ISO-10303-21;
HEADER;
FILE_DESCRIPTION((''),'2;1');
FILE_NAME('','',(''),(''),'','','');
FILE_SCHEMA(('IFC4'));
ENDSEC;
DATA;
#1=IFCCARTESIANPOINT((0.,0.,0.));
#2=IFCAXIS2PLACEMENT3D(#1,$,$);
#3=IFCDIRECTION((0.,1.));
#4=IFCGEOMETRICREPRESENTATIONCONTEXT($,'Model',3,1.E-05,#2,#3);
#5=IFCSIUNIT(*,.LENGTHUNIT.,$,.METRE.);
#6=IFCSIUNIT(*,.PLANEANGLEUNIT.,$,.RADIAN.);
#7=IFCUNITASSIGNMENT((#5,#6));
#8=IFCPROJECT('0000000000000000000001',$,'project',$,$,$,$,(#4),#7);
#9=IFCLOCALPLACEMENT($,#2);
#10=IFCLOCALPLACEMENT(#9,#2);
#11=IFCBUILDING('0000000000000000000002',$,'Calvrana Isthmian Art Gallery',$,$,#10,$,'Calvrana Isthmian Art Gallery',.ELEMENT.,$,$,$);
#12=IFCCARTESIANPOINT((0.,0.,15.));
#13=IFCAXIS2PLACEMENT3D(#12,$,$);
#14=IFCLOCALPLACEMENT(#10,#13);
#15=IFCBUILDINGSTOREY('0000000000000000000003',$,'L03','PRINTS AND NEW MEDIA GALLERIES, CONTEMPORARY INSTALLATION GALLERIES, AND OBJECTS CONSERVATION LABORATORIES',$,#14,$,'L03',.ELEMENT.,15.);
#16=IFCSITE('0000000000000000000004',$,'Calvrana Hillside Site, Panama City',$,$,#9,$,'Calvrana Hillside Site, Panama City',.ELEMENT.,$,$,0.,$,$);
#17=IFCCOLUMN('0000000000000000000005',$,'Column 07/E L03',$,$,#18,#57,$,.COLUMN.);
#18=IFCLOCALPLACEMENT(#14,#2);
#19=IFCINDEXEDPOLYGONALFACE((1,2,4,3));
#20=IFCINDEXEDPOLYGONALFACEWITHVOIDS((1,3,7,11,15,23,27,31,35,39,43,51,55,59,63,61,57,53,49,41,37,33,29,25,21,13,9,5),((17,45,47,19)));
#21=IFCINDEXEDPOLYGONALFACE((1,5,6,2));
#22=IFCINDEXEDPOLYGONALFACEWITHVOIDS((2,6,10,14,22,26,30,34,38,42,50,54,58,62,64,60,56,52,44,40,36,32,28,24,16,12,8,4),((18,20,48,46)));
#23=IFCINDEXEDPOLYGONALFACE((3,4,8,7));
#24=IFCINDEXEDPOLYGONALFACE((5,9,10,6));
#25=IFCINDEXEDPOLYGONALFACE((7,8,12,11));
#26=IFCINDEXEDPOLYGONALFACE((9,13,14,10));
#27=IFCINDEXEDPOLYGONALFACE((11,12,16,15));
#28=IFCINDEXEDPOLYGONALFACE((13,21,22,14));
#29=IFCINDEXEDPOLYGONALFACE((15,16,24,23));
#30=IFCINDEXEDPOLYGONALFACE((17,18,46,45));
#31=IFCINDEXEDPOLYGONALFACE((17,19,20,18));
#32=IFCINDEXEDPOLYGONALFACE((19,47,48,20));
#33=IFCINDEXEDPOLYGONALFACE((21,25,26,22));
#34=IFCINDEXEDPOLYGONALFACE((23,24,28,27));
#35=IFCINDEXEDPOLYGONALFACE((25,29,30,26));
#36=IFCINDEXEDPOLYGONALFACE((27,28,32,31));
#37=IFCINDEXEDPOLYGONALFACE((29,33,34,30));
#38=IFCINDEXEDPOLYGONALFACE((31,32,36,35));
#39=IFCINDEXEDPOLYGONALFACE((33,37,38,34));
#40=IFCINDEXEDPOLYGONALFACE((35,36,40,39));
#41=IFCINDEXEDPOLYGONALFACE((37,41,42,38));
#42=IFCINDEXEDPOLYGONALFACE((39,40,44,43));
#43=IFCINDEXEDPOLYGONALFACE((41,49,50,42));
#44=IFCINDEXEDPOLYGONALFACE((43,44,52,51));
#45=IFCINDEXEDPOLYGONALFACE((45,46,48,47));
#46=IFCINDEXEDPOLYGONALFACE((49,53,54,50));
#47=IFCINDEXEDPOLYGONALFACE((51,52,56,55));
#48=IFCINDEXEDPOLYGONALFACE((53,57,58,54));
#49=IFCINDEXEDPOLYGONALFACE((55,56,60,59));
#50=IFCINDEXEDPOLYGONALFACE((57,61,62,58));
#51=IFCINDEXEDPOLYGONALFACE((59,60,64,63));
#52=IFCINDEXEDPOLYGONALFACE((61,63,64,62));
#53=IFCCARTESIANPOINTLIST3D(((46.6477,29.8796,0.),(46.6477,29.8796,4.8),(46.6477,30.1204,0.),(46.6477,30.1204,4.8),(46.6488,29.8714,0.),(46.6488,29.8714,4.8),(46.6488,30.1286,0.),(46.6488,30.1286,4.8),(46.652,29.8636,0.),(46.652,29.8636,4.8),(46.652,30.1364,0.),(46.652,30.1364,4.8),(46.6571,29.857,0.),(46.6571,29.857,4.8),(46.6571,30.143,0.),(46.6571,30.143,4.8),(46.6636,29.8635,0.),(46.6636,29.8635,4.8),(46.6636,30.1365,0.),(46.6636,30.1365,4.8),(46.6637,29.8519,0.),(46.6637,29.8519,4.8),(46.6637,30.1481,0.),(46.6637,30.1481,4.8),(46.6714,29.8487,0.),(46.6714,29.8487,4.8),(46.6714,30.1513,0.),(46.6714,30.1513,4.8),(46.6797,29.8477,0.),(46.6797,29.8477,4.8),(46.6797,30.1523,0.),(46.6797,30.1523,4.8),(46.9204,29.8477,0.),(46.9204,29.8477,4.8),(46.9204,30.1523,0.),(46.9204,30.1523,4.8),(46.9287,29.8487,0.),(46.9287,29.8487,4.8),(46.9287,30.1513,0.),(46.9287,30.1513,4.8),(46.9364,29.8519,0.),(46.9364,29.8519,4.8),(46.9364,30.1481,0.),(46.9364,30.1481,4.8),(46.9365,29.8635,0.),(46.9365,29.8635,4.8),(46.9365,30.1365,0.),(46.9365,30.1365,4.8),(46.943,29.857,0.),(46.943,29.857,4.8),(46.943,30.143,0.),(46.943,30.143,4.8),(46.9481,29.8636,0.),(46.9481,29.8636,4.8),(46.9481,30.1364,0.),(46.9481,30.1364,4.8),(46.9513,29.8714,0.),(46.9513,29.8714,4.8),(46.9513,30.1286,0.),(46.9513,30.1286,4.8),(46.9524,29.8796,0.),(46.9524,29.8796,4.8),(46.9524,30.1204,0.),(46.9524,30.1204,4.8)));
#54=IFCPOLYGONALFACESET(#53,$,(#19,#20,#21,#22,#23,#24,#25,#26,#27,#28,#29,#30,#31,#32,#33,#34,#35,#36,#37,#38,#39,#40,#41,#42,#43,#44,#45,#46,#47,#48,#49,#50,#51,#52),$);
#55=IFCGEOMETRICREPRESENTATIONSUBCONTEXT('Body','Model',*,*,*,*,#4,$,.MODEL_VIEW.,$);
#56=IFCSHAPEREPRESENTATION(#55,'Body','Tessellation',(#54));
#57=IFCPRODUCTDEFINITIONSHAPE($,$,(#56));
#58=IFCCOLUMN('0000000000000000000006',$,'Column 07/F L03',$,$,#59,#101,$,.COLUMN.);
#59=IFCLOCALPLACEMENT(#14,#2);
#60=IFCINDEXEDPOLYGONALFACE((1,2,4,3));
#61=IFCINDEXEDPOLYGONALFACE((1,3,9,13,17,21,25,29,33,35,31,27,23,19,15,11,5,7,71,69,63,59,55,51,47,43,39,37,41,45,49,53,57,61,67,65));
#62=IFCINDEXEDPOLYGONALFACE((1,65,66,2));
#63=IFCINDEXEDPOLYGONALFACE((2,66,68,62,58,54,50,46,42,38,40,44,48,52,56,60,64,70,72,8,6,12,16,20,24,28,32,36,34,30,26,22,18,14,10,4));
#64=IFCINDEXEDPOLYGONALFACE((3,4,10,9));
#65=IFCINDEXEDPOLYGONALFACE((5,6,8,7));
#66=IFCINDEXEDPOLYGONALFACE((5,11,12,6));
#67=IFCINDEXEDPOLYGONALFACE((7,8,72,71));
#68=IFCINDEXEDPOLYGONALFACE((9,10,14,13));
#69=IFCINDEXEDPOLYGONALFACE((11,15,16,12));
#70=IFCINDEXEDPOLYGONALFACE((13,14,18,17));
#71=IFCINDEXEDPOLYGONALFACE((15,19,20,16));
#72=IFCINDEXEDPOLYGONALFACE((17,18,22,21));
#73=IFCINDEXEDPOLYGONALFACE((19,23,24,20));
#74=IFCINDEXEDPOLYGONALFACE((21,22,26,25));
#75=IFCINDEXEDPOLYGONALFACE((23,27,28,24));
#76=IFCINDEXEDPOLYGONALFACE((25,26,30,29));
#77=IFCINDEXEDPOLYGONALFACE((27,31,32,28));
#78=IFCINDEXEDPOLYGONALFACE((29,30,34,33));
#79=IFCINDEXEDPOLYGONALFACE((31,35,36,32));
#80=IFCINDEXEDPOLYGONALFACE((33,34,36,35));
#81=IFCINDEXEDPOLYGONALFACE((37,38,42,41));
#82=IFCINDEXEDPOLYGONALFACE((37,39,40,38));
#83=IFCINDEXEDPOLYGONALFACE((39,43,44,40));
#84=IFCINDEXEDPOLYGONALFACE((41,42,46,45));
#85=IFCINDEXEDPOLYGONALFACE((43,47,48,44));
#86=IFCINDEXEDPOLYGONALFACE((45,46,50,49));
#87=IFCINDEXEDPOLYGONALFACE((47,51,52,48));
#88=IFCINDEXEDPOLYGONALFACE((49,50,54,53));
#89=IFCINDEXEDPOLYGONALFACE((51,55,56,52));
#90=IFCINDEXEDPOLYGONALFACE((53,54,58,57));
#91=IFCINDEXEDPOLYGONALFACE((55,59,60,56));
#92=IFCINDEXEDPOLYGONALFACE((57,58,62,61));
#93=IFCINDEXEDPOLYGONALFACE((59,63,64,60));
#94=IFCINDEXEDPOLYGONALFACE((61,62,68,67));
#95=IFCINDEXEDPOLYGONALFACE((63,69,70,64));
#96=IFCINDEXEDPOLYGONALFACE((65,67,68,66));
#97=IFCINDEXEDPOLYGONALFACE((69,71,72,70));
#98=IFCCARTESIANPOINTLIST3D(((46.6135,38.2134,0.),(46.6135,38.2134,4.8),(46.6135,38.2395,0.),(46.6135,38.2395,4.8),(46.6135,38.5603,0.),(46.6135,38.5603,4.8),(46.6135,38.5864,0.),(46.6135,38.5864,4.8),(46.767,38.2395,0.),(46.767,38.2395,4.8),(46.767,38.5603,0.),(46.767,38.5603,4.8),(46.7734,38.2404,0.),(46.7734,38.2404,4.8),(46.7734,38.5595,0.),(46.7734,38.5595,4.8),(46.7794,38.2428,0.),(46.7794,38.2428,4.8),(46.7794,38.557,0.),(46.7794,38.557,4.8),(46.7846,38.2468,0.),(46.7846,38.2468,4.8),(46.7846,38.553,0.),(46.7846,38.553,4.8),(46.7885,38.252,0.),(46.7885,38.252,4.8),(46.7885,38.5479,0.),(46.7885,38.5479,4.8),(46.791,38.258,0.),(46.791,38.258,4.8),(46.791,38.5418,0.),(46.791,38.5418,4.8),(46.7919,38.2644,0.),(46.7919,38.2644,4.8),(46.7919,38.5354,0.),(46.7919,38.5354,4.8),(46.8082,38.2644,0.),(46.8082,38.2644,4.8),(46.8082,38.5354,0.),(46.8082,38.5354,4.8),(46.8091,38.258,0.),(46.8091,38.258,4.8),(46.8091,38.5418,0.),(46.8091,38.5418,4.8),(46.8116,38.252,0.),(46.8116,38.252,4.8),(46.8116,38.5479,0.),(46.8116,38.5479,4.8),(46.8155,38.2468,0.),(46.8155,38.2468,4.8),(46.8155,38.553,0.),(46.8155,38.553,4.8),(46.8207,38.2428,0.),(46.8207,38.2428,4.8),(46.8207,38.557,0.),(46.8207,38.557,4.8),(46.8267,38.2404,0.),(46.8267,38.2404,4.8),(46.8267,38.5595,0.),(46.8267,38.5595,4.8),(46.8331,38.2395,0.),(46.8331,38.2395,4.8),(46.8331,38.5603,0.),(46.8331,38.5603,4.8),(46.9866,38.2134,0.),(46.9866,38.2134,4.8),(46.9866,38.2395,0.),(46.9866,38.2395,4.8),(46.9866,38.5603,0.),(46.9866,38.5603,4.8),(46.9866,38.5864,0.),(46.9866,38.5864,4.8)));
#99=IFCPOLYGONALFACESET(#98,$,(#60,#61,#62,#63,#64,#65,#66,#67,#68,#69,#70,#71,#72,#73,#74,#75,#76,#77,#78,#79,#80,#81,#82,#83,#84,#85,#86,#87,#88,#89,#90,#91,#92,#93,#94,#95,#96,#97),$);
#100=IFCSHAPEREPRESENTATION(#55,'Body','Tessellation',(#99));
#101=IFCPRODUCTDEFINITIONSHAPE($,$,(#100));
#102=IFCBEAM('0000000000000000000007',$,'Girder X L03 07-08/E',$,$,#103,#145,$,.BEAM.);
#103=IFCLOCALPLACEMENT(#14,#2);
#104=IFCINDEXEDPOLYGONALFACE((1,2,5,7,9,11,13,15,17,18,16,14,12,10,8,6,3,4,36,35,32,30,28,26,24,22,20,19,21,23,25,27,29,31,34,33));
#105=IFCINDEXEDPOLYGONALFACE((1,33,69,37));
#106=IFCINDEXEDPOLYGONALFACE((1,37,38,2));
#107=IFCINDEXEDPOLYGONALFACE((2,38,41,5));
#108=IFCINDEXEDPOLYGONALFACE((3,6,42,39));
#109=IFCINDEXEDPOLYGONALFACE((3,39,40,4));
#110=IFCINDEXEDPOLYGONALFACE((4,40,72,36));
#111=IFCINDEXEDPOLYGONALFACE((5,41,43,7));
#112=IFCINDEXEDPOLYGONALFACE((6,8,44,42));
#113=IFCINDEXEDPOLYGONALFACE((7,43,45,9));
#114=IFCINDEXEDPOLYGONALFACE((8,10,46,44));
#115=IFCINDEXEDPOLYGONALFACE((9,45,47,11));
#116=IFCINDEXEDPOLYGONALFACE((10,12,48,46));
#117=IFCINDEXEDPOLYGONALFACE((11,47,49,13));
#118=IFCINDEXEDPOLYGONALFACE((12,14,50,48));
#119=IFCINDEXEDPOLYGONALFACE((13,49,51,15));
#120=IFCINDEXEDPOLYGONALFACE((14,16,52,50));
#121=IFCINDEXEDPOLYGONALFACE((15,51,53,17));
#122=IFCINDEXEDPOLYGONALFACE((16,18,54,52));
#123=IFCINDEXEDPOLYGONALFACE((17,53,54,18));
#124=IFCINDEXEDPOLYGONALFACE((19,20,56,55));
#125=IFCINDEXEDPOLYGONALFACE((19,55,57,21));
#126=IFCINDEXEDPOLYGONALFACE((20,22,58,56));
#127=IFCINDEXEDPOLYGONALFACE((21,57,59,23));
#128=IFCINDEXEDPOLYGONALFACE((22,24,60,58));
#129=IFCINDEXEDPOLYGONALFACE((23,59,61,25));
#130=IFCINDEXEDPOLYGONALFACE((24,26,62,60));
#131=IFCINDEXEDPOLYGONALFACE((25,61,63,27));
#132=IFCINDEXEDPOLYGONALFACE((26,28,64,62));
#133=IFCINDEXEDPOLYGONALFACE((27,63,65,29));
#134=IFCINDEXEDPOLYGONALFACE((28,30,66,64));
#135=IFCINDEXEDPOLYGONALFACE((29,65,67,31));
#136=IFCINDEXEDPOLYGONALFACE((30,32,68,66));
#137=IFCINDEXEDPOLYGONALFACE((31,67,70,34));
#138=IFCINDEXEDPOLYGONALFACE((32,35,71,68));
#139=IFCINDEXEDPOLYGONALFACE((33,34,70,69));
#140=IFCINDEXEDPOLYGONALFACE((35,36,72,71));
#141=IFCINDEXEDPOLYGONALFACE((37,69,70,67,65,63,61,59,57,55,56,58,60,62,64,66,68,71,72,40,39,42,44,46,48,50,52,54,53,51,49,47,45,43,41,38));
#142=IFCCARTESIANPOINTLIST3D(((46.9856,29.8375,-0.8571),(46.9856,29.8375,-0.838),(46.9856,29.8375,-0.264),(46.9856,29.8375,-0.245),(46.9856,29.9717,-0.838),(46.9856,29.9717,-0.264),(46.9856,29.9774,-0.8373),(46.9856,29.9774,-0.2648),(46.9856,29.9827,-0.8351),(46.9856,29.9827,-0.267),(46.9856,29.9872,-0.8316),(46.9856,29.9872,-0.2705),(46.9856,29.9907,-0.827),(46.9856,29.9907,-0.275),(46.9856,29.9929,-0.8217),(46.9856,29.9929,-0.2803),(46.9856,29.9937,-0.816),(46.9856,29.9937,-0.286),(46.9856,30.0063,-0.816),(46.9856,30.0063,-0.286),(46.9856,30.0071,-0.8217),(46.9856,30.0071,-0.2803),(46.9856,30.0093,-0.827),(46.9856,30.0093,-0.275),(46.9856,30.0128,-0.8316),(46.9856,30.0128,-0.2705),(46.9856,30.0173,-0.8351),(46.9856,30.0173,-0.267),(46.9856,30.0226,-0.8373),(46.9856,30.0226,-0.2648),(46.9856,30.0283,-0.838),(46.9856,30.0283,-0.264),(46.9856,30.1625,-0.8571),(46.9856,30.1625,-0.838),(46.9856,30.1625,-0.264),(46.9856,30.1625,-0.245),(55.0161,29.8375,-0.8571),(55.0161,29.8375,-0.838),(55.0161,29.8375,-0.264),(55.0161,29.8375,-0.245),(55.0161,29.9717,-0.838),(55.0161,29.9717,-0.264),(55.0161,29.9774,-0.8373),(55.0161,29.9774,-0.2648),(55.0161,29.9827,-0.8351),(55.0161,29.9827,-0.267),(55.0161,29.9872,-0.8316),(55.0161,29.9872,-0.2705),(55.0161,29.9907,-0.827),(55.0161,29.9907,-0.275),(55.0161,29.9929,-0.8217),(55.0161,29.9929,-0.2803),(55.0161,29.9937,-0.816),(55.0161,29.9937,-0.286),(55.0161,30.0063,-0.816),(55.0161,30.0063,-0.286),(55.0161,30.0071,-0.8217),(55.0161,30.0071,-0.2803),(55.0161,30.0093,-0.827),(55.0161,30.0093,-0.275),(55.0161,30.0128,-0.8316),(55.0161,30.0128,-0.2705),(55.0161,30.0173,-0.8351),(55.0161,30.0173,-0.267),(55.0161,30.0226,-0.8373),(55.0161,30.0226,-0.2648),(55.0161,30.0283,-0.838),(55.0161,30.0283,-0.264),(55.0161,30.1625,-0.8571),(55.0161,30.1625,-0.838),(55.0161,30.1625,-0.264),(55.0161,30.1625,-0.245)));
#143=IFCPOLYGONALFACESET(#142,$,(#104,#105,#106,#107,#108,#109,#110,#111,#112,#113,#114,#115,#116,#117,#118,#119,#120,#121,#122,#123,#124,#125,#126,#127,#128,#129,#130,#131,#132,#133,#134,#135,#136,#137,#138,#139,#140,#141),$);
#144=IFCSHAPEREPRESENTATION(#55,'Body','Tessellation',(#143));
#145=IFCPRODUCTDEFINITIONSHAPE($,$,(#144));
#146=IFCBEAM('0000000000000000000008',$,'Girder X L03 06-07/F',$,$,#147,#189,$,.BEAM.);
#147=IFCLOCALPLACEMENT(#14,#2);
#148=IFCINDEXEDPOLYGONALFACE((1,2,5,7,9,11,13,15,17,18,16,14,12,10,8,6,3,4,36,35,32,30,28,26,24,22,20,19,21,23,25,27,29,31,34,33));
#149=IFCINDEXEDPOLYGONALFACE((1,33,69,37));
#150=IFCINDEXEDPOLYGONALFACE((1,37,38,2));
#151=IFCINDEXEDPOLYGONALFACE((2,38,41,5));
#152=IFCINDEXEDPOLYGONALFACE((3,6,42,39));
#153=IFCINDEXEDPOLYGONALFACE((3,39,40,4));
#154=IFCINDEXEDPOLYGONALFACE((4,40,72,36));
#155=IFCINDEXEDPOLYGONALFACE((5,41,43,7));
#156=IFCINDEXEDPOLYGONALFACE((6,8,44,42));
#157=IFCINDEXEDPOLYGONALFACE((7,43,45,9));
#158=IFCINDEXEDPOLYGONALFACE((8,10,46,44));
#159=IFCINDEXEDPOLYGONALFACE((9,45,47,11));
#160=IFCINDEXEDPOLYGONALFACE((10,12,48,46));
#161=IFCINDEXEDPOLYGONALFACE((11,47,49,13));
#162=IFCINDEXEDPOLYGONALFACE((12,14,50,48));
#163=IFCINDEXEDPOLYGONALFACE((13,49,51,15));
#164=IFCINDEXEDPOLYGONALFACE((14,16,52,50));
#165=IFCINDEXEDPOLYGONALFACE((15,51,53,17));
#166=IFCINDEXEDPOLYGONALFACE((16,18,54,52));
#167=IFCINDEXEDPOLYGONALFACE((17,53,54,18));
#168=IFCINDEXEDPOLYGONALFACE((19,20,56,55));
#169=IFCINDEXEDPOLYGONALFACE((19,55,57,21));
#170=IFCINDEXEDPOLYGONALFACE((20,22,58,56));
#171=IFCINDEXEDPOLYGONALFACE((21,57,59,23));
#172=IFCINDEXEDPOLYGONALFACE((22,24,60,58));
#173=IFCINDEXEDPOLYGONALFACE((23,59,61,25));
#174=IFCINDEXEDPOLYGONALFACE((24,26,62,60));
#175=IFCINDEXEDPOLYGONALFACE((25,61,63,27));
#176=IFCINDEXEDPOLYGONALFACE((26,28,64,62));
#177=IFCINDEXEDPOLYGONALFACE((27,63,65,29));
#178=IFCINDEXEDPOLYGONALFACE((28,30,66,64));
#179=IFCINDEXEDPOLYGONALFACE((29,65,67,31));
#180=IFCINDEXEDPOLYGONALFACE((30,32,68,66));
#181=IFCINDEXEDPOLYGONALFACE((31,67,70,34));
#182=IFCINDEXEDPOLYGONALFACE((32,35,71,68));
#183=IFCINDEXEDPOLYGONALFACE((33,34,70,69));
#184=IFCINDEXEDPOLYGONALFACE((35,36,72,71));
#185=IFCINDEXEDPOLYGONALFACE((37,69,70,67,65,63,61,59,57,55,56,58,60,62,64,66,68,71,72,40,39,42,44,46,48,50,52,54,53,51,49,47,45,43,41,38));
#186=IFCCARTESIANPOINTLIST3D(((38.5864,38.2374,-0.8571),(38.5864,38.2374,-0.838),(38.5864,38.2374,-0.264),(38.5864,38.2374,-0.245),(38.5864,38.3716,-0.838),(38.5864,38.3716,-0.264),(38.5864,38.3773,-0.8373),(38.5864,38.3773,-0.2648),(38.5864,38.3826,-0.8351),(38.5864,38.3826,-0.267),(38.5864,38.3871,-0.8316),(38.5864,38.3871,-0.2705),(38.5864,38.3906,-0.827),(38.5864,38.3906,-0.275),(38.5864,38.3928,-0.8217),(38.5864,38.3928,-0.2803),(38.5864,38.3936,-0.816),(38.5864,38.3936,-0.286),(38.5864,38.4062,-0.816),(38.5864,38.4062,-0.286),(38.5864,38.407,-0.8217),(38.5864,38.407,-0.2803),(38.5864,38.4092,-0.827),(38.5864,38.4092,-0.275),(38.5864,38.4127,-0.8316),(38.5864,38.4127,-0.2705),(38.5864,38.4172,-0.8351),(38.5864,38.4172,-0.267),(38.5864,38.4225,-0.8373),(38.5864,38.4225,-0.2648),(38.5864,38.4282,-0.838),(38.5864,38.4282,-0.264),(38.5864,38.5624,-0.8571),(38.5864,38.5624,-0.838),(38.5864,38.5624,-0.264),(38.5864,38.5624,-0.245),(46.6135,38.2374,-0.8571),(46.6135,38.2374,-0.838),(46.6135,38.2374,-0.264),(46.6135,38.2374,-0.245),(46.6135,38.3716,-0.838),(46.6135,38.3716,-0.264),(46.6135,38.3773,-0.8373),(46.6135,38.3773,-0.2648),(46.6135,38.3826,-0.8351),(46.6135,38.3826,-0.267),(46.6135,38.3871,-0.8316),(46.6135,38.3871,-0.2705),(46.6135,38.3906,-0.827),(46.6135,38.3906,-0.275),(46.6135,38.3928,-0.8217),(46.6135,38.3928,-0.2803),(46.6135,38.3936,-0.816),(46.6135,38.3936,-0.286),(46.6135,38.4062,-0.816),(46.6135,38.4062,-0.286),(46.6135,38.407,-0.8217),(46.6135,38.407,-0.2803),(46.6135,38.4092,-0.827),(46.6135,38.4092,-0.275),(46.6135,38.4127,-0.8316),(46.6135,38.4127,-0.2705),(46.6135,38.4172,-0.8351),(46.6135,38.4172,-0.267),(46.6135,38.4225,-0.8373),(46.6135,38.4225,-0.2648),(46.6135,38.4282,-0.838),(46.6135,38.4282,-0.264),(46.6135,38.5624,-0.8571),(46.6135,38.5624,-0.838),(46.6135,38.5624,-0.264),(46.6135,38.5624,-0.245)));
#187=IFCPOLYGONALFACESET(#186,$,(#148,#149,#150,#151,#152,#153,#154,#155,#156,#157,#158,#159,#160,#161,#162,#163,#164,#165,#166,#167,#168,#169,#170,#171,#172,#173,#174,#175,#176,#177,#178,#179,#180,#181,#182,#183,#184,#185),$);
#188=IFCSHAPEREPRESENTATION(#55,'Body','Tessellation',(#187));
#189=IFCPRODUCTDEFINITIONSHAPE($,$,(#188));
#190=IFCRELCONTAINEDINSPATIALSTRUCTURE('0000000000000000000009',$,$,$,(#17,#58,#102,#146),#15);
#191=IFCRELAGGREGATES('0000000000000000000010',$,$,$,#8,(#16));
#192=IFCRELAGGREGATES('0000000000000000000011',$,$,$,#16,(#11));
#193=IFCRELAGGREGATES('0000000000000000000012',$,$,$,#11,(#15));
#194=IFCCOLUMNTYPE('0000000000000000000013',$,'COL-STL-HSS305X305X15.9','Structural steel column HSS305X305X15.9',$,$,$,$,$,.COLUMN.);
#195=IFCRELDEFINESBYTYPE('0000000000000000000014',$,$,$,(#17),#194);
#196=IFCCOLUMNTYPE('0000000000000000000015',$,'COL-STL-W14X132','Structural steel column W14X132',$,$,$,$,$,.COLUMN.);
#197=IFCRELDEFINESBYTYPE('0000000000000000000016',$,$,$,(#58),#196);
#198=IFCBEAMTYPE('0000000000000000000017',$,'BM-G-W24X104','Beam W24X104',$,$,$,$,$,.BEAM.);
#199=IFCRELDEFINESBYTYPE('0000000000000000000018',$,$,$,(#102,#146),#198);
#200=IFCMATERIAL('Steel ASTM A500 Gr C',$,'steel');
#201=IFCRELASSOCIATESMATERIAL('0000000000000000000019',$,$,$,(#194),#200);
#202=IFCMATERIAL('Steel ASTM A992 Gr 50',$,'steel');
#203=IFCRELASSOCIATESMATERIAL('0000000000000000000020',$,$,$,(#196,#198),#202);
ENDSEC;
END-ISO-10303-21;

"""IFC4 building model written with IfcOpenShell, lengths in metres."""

from ifc_helpers import new_model, si_unit, direction, frame, origin, origin_2d, place, context, subcontext, project, spatial, hollow_rectangle, i_section, extrude, material, material_profile, profile_set, type_object, element, save


model = new_model("IFC4")

# Units and contexts
model_context = context("Model", 3, precision=1e-05, world=origin(), true_north=direction((0.0, 1.0)))
body_context = subcontext(model_context, "Body", "Model", "MODEL_VIEW")
ifc_project = project(units=[si_unit("LENGTHUNIT", "METRE"), si_unit("PLANEANGLEUNIT", "RADIAN")], contexts=[model_context])

# Site, building, storey
site_placement = place(None, origin())
site = spatial("IfcSite", under=ifc_project, at=site_placement, Name="Calvrana Hillside Site, Panama City", LongName="Calvrana Hillside Site, Panama City", CompositionType="ELEMENT", RefElevation=0.0)
building_placement = place(site_placement, origin())
building = spatial("IfcBuilding", under=site, at=building_placement, Name="Calvrana Isthmian Art Gallery", LongName="Calvrana Isthmian Art Gallery", CompositionType="ELEMENT")
storey_placement = place(building_placement, frame((0.0, 0.0, 15.0)))
storey = spatial("IfcBuildingStorey", under=building, at=storey_placement, Name="L03", Description="PRINTS AND NEW MEDIA GALLERIES, CONTEMPORARY INSTALLATION GALLERIES, AND OBJECTS CONSERVATION LABORATORIES", LongName="L03", CompositionType="ELEMENT", Elevation=15.0)

# Columns
ifc_material_1 = material(Name="Steel ASTM A500 Gr C", Category="steel")
ifc_material_profile_1 = material_profile(ifc_material_1, hollow_rectangle(XDim=0.3047, YDim=0.3047, WallThickness=0.0159, OuterFilletRadius=0.032, at=origin_2d()), Name="HSS305X305X15.9")
ifc_profile_set_1 = profile_set([ifc_material_profile_1], Name="Steel ASTM A500 Gr C")
column_type_1 = type_object("IfcColumnType", Name="COL-STL-HSS305X305X15.9", Description="Structural steel column HSS305X305X15.9", PredefinedType="COLUMN", material=ifc_profile_set_1)
column_1_placement = place(storey_placement, frame((46.8, 30.0, 0.0), z_axis=(0.0, 0.0, 1.0), x_axis=(1.0, 0.0, 0.0)))
element("IfcColumn", 1, at=column_1_placement, inside=storey, type_object=column_type_1, Name="Column 07/E L03", PredefinedType="COLUMN", context=body_context, shape_type="SweptSolid", body=[
    extrude(hollow_rectangle(XDim=0.3047, YDim=0.3047, WallThickness=0.0159, OuterFilletRadius=0.032, at=origin_2d()), origin(), (0.0, 0.0, 1.0), 4.8),
])
ifc_material_2 = material(Name="Steel ASTM A992 Gr 50", Category="steel")
ifc_material_profile_2 = material_profile(ifc_material_2, i_section(OverallWidth=0.373, OverallDepth=0.373, WebThickness=0.0164, FlangeThickness=0.0261, FilletRadius=0.0249, at=origin_2d()), Name="W14X132")
ifc_profile_set_2 = profile_set([ifc_material_profile_2], Name="Steel ASTM A992 Gr 50")
column_type_2 = type_object("IfcColumnType", Name="COL-STL-W14X132", Description="Structural steel column W14X132", PredefinedType="COLUMN", material=ifc_profile_set_2)
column_2_placement = place(storey_placement, frame((46.8, 38.3999, 0.0), z_axis=(0.0, 0.0, 1.0), x_axis=(1.0, 0.0, 0.0)))
element("IfcColumn", 2, at=column_2_placement, inside=storey, type_object=column_type_2, Name="Column 07/F L03", PredefinedType="COLUMN", context=body_context, shape_type="SweptSolid", body=[
    extrude(i_section(OverallWidth=0.373, OverallDepth=0.373, WebThickness=0.0164, FlangeThickness=0.0261, FilletRadius=0.0249, at=origin_2d()), origin(), (0.0, 0.0, 1.0), 4.8),
])

# Beams
ifc_material_profile_3 = material_profile(ifc_material_2, i_section(OverallWidth=0.325, OverallDepth=0.6121, WebThickness=0.0127, FlangeThickness=0.019, FilletRadius=0.022, at=origin_2d()), Name="W24X104")
ifc_profile_set_3 = profile_set([ifc_material_profile_3], Name="Steel ASTM A992 Gr 50")
beam_type_1 = type_object("IfcBeamType", Name="BM-G-W24X104", Description="Beam W24X104", PredefinedType="BEAM", material=ifc_profile_set_3)
beam_1_placement = place(storey_placement, frame((46.9856, 30.0, -0.551), z_axis=(1.0, 0.0, 0.0), x_axis=(0.0, 1.0, 0.0)))
element("IfcBeam", 3, at=beam_1_placement, inside=storey, type_object=beam_type_1, Name="Girder X L03 07-08/E", PredefinedType="BEAM", context=body_context, shape_type="SweptSolid", body=[
    extrude(i_section(OverallWidth=0.325, OverallDepth=0.6121, WebThickness=0.0127, FlangeThickness=0.019, FilletRadius=0.022, at=origin_2d()), origin(), (0.0, 0.0, 1.0), 8.0305),
])
beam_2_placement = place(storey_placement, frame((38.5864, 38.3999, -0.551), z_axis=(1.0, 0.0, 0.0), x_axis=(0.0, 1.0, 0.0)))
element("IfcBeam", 4, at=beam_2_placement, inside=storey, type_object=beam_type_1, Name="Girder X L03 06-07/F", PredefinedType="BEAM", context=body_context, shape_type="SweptSolid", body=[
    extrude(i_section(OverallWidth=0.325, OverallDepth=0.6121, WebThickness=0.0127, FlangeThickness=0.019, FilletRadius=0.022, at=origin_2d()), origin(), (0.0, 0.0, 1.0), 8.0271),
])

save(model, "model.ifc")
